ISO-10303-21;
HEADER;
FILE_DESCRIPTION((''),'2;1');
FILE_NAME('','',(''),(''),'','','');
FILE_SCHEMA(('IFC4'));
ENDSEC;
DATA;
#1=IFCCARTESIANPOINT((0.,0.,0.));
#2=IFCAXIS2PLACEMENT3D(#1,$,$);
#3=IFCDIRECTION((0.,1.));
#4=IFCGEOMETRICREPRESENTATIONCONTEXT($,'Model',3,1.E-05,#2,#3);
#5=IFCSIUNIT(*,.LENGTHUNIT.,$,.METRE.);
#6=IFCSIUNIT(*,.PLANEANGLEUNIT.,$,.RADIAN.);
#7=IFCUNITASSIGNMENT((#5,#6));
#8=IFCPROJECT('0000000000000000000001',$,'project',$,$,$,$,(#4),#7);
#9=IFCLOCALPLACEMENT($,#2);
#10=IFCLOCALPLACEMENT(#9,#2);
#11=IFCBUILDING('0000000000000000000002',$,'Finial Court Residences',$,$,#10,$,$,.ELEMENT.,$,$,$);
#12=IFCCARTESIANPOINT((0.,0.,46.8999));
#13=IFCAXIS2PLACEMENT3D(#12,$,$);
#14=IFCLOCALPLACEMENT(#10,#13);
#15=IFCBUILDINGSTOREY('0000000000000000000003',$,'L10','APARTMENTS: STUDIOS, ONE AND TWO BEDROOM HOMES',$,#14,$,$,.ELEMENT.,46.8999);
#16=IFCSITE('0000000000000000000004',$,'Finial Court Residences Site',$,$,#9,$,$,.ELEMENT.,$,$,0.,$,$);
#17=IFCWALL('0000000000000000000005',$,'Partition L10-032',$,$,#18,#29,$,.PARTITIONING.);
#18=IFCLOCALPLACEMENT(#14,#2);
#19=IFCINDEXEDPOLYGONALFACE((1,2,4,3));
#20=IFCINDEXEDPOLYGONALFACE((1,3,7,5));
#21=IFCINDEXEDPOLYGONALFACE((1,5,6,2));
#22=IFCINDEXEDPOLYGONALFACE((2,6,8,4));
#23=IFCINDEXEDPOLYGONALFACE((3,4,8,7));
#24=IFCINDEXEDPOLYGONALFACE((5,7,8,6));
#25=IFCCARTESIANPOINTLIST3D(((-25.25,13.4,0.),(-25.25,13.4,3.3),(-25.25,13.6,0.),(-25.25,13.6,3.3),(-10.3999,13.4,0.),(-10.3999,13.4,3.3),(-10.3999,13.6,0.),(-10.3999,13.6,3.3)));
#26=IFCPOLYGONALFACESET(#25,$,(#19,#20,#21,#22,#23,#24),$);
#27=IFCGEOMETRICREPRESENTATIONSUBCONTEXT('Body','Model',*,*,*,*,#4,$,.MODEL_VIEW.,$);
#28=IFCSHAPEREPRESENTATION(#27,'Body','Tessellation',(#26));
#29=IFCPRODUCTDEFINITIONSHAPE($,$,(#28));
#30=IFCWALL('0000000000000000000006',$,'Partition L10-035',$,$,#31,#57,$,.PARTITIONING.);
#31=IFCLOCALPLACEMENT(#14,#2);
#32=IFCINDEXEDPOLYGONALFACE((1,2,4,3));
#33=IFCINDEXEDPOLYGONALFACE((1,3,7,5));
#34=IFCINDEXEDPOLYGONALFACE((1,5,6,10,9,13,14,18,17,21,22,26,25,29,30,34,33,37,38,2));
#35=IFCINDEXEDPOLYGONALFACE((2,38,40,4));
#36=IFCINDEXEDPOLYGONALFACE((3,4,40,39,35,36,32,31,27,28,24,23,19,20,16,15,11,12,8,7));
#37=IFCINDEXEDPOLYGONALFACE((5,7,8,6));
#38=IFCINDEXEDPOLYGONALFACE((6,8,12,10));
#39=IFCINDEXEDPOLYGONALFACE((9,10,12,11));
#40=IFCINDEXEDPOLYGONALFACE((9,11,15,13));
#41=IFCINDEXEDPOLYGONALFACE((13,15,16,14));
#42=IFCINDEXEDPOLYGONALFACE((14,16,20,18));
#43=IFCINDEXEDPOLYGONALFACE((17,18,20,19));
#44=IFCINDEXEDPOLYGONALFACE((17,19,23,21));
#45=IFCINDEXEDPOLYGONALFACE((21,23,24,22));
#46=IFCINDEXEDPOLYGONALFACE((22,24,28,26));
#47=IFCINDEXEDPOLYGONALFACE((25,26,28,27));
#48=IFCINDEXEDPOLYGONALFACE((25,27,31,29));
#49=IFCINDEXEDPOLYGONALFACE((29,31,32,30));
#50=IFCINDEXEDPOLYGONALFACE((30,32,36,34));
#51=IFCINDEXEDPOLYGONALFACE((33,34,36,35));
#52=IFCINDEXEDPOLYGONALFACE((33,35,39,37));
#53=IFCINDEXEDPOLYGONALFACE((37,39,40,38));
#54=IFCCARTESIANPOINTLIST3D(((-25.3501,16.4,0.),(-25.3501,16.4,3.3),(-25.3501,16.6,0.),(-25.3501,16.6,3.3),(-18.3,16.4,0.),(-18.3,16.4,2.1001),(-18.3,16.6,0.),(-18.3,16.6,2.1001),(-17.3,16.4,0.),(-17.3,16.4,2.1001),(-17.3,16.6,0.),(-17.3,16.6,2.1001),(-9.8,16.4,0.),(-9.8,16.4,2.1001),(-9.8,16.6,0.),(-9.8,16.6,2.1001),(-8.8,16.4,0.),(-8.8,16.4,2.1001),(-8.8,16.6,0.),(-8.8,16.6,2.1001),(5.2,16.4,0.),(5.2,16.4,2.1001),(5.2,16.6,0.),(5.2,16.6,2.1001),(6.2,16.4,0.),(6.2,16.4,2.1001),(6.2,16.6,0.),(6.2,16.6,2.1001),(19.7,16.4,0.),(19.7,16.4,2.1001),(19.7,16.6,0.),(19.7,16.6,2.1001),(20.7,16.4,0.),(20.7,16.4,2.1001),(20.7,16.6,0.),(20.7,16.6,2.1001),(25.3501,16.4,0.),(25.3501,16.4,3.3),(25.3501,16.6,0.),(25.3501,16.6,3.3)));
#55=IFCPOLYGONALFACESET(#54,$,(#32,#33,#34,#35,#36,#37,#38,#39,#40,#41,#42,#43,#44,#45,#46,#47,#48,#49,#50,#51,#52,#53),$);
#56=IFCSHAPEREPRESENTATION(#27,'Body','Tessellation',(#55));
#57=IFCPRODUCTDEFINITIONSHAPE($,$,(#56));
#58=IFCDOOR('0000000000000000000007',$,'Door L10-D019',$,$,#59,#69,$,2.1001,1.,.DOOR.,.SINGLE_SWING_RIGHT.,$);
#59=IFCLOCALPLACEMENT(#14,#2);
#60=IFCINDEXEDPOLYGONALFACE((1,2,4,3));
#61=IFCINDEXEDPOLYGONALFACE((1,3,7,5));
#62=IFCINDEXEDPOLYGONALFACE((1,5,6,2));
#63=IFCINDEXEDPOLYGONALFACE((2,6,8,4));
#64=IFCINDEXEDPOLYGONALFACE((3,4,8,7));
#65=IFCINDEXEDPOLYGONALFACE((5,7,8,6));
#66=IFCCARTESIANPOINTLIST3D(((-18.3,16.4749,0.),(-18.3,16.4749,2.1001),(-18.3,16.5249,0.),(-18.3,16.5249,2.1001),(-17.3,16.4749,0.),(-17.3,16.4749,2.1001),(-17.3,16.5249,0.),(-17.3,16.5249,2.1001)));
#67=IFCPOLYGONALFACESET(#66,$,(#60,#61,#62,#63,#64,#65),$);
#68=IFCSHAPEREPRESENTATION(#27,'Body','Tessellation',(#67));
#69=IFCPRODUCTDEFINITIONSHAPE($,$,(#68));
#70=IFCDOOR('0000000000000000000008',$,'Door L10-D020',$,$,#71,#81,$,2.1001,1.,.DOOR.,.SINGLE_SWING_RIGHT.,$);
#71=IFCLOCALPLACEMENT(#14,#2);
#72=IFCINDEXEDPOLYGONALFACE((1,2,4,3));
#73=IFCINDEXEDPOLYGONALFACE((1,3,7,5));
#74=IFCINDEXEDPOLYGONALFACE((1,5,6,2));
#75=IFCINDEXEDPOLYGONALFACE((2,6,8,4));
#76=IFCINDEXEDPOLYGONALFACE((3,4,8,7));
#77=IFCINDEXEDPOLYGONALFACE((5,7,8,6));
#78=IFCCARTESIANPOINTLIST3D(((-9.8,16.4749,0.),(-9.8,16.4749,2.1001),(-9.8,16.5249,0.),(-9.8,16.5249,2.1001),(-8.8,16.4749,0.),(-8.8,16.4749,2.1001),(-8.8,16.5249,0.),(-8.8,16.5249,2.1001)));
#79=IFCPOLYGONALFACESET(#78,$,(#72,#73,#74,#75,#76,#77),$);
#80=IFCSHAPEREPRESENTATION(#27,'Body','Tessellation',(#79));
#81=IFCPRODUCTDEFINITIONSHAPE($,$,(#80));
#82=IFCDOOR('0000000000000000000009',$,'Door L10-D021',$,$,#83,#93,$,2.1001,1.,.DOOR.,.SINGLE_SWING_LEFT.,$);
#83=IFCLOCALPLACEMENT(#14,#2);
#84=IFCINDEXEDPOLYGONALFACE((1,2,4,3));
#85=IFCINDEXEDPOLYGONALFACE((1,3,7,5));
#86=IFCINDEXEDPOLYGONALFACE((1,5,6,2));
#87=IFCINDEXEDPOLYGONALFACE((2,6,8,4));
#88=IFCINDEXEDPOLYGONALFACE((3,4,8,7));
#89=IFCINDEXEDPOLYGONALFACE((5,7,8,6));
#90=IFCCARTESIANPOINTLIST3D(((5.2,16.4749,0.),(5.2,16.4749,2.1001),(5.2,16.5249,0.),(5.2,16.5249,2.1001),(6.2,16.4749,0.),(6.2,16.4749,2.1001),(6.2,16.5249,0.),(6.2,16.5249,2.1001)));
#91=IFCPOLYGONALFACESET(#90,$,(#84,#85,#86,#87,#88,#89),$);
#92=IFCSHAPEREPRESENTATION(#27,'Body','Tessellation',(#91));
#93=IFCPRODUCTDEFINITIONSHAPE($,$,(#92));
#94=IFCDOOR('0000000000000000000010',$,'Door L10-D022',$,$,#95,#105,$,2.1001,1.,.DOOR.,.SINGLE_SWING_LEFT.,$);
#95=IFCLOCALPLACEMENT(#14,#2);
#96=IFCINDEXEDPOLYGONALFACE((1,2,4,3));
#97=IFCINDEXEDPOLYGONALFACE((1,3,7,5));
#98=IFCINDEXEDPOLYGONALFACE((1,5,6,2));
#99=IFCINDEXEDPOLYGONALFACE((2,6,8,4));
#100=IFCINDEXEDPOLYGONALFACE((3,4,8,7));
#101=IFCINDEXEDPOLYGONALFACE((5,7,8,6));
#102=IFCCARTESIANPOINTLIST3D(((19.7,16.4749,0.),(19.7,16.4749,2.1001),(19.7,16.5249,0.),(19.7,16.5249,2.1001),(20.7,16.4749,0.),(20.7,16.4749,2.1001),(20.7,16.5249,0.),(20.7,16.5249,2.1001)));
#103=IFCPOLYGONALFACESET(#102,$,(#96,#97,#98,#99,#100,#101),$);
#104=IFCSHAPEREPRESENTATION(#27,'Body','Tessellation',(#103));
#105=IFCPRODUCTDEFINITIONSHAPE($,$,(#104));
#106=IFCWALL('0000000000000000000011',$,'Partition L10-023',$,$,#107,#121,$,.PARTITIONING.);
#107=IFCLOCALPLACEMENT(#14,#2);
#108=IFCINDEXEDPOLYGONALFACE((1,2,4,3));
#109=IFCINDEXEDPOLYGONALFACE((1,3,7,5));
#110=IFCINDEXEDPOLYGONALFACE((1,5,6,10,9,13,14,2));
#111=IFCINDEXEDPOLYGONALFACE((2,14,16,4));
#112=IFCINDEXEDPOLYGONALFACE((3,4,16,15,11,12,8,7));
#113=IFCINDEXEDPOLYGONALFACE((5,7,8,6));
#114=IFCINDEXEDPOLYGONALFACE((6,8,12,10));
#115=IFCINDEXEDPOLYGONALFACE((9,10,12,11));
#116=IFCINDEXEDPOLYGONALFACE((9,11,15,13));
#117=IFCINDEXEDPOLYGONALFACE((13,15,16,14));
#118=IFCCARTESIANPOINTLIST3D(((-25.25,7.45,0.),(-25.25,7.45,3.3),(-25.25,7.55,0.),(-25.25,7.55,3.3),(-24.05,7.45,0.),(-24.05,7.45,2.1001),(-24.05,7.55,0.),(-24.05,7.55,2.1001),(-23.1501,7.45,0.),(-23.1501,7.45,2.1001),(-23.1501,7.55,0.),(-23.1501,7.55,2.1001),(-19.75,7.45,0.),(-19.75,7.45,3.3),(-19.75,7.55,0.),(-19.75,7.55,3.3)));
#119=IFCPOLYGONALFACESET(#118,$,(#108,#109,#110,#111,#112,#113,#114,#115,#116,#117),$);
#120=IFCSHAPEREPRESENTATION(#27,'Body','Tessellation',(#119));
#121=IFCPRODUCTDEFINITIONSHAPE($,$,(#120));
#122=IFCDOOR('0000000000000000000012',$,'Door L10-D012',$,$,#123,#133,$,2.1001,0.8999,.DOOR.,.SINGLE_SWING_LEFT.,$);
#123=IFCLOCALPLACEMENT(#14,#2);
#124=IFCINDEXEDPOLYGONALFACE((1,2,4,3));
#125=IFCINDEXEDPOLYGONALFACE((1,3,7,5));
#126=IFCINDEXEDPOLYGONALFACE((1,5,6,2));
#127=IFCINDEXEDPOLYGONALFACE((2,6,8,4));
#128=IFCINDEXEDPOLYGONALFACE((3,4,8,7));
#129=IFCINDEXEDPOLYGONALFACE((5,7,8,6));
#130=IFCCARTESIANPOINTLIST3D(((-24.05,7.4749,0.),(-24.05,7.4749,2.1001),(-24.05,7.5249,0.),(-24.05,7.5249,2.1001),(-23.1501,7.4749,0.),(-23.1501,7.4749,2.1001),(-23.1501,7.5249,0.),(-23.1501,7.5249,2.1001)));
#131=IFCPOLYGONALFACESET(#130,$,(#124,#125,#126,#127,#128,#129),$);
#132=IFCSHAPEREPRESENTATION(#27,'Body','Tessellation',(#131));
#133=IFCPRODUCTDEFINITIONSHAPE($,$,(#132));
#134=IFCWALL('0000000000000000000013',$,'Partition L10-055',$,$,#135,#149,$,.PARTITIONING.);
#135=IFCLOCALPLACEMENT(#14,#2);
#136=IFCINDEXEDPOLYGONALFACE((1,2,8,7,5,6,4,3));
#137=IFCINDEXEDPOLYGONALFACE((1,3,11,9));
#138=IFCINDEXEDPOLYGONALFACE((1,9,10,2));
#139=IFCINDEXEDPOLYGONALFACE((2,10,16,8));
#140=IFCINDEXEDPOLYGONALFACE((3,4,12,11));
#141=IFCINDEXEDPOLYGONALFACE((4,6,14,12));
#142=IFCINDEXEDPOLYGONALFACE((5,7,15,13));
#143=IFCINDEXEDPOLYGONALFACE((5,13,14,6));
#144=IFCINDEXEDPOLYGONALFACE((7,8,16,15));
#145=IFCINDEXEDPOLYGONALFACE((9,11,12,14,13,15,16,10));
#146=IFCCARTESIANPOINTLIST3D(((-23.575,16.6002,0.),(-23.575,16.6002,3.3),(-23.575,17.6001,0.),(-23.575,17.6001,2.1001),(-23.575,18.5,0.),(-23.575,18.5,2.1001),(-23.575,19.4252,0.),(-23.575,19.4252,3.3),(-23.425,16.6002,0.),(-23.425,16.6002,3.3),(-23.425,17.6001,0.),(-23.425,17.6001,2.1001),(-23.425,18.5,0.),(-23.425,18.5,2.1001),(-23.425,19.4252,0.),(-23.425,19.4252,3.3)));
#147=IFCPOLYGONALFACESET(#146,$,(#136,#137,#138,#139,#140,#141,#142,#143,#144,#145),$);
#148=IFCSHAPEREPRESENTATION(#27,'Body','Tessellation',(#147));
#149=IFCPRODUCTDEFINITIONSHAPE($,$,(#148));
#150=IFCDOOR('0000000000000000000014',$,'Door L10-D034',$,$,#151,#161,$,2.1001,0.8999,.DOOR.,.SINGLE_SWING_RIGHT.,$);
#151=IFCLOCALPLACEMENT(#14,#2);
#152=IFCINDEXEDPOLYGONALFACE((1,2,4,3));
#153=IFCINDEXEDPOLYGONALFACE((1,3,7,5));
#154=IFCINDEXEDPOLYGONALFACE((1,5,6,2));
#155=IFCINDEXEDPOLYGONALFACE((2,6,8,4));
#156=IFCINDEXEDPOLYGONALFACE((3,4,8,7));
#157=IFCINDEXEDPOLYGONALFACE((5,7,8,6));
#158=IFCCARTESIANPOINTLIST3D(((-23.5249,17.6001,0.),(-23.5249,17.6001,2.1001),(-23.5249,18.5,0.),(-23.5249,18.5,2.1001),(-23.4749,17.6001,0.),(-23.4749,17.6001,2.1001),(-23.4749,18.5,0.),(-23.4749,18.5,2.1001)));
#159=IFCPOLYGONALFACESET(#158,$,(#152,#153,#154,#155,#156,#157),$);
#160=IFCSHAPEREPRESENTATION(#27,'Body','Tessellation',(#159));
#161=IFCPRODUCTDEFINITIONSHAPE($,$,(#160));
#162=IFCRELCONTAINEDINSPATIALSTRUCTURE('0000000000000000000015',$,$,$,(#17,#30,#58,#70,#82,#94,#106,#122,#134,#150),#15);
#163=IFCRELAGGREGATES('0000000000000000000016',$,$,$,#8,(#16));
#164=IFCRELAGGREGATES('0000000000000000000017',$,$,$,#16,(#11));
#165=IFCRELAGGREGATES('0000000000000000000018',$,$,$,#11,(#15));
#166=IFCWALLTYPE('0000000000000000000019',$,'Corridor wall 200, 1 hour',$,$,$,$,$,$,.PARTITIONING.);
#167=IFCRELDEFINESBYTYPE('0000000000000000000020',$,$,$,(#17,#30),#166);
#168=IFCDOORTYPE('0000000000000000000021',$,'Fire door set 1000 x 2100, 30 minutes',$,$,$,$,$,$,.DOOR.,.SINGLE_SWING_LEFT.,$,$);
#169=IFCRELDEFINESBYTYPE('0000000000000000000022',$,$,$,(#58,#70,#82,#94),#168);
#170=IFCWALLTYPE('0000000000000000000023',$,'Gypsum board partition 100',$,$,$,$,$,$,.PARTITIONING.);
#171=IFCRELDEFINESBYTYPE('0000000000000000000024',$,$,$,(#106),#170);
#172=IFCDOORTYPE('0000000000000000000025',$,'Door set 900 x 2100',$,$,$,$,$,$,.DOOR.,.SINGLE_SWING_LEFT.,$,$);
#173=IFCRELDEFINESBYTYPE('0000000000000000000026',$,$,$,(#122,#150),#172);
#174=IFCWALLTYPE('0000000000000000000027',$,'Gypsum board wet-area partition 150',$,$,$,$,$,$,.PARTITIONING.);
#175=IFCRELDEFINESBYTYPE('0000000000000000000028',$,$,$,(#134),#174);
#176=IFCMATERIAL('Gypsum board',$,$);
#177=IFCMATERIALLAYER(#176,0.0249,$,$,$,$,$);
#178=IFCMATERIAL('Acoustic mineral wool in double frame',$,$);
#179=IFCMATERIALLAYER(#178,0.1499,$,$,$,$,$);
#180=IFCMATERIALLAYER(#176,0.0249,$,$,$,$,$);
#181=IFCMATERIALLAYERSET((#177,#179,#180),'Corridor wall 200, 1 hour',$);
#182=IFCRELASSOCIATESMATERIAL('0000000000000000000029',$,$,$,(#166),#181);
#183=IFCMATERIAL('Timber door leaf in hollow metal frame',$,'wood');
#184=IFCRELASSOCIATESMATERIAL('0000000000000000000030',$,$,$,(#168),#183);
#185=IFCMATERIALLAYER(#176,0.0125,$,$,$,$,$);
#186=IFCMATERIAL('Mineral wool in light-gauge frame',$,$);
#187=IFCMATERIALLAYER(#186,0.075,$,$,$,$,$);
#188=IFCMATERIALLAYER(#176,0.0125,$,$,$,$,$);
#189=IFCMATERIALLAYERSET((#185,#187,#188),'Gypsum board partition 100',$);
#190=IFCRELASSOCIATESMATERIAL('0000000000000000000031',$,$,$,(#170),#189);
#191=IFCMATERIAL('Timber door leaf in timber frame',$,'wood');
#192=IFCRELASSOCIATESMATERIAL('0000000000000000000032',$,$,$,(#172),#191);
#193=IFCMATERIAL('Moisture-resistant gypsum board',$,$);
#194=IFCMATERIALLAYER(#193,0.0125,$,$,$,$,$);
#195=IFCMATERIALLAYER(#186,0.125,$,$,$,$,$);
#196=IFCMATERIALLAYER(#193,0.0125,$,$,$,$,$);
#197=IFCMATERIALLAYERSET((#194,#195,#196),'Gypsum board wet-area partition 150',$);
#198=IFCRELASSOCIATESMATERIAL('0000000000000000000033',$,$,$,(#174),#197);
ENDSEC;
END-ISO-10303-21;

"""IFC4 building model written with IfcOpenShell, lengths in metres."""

from ifc_helpers import new_model, si_unit, direction, frame, frame_2d, origin, place, context, subcontext, project, spatial, rectangle, extrude, material, layer, layer_set, type_object, element, fill, save


model = new_model("IFC4")

# Units and contexts
model_context = context("Model", 3, precision=1e-05, world=origin(), true_north=direction((0.0, 1.0)))
body_context = subcontext(model_context, "Body", "Model", "MODEL_VIEW")
ifc_project = project(units=[si_unit("LENGTHUNIT", "METRE"), si_unit("PLANEANGLEUNIT", "RADIAN")], contexts=[model_context])

# Site, building, storey
site_placement = place(None, origin())
site = spatial("IfcSite", under=ifc_project, at=site_placement, Name="Finial Court Residences Site", CompositionType="ELEMENT", RefElevation=0.0)
building_placement = place(site_placement, origin())
building = spatial("IfcBuilding", under=site, at=building_placement, Name="Finial Court Residences", CompositionType="ELEMENT")
storey_placement = place(building_placement, frame((0.0, 0.0, 46.8999)))
storey = spatial("IfcBuildingStorey", under=building, at=storey_placement, Name="L10", Description="APARTMENTS: STUDIOS, ONE AND TWO BEDROOM HOMES", CompositionType="ELEMENT", Elevation=46.8999)

# Wall
ifc_material_1 = material(Name="Gypsum board")
ifc_layer_1 = layer(ifc_material_1, 0.0249)
ifc_material_2 = material(Name="Acoustic mineral wool in double frame")
ifc_layer_2 = layer(ifc_material_2, 0.1499)
ifc_layer_3 = layer(ifc_material_1, 0.0249)
ifc_layer_set_1 = layer_set([ifc_layer_1, ifc_layer_2, ifc_layer_3], Name="Corridor wall 200, 1 hour")
wall_type_1 = type_object("IfcWallType", Name="Corridor wall 200, 1 hour", PredefinedType="PARTITIONING", material=ifc_layer_set_1)
wall_1_placement = place(storey_placement, frame((-25.25, 13.5, 0.0), z_axis=(0.0, 0.0, 1.0), x_axis=(1.0, 0.0, 0.0)))
element("IfcWall", 1, at=wall_1_placement, inside=storey, type_object=wall_type_1, Name="Partition L10-032", PredefinedType="PARTITIONING", context=body_context, shape_type="SweptSolid", body=[
    extrude(rectangle(XDim=14.8501, YDim=0.2, at=frame_2d((7.425, 0.0))), origin(), (0.0, 0.0, 1.0), 3.3),
])

# Wall, openings, doors
wall_2_placement = place(storey_placement, frame((-25.3501, 16.5, 0.0), z_axis=(0.0, 0.0, 1.0), x_axis=(1.0, 0.0, 0.0)))
wall_2 = element("IfcWall", 2, at=wall_2_placement, inside=storey, type_object=wall_type_1, Name="Partition L10-035", PredefinedType="PARTITIONING", context=body_context, shape_type="SweptSolid", body=[
    extrude(rectangle(XDim=50.7002, YDim=0.2, at=frame_2d((25.3501, 0.0))), origin(), (0.0, 0.0, 1.0), 3.3),
])
opening_1_placement = place(wall_2_placement, frame((7.05, 0.0, 0.0)))
opening_1 = element("IfcOpeningElement", 3, at=opening_1_placement, cuts=wall_2, PredefinedType="OPENING", context=body_context, shape_type="SweptSolid", body=[
    extrude(rectangle(XDim=1.0, YDim=2.1001, at=frame_2d((0.5, 1.05))), frame((0.0, 0.1099, 0.0), z_axis=(0.0, -1.0, 0.0), x_axis=(1.0, 0.0, 0.0)), (0.0, 0.0, 1.0), 0.22),
])
opening_2_placement = place(wall_2_placement, frame((15.55, 0.0, 0.0)))
opening_2 = element("IfcOpeningElement", 4, at=opening_2_placement, cuts=wall_2, PredefinedType="OPENING", context=body_context, shape_type="SweptSolid", body=[
    extrude(rectangle(XDim=1.0, YDim=2.1001, at=frame_2d((0.5, 1.05))), frame((0.0, 0.1099, 0.0), z_axis=(0.0, -1.0, 0.0), x_axis=(1.0, 0.0, 0.0)), (0.0, 0.0, 1.0), 0.22),
])
opening_3_placement = place(wall_2_placement, frame((30.55, 0.0, 0.0)))
opening_3 = element("IfcOpeningElement", 5, at=opening_3_placement, cuts=wall_2, PredefinedType="OPENING", context=body_context, shape_type="SweptSolid", body=[
    extrude(rectangle(XDim=1.0, YDim=2.1001, at=frame_2d((0.5, 1.05))), frame((0.0, 0.1099, 0.0), z_axis=(0.0, -1.0, 0.0), x_axis=(1.0, 0.0, 0.0)), (0.0, 0.0, 1.0), 0.22),
])
opening_4_placement = place(wall_2_placement, frame((45.05, 0.0, 0.0)))
opening_4 = element("IfcOpeningElement", 6, at=opening_4_placement, cuts=wall_2, PredefinedType="OPENING", context=body_context, shape_type="SweptSolid", body=[
    extrude(rectangle(XDim=1.0, YDim=2.1001, at=frame_2d((0.5, 1.05))), frame((0.0, 0.1099, 0.0), z_axis=(0.0, -1.0, 0.0), x_axis=(1.0, 0.0, 0.0)), (0.0, 0.0, 1.0), 0.22),
])
ifc_material_3 = material(Name="Timber door leaf in hollow metal frame", Category="wood")
door_type_1 = type_object("IfcDoorType", Name="Fire door set 1000 x 2100, 30 minutes", OperationType="SINGLE_SWING_LEFT", PredefinedType="DOOR", material=ifc_material_3)
door_1_placement = place(opening_1_placement, origin())
door_1 = element("IfcDoor", 7, at=door_1_placement, inside=storey, type_object=door_type_1, Name="Door L10-D019", OperationType="SINGLE_SWING_RIGHT", OverallHeight=2.1001, OverallWidth=1.0, PredefinedType="DOOR", context=body_context, shape_type="SweptSolid", body=[
    extrude(rectangle(XDim=1.0, YDim=2.1001, at=frame_2d((0.5, 1.05))), frame((0.0, 0.0249, 0.0), z_axis=(0.0, -1.0, 0.0), x_axis=(1.0, 0.0, 0.0)), (0.0, 0.0, 1.0), 0.05),
])
fill(opening_1, door_1)
door_2_placement = place(opening_2_placement, origin())
door_2 = element("IfcDoor", 8, at=door_2_placement, inside=storey, type_object=door_type_1, Name="Door L10-D020", OperationType="SINGLE_SWING_RIGHT", OverallHeight=2.1001, OverallWidth=1.0, PredefinedType="DOOR", context=body_context, shape_type="SweptSolid", body=[
    extrude(rectangle(XDim=1.0, YDim=2.1001, at=frame_2d((0.5, 1.05))), frame((0.0, 0.0249, 0.0), z_axis=(0.0, -1.0, 0.0), x_axis=(1.0, 0.0, 0.0)), (0.0, 0.0, 1.0), 0.05),
])
fill(opening_2, door_2)
door_3_placement = place(opening_3_placement, origin())
door_3 = element("IfcDoor", 9, at=door_3_placement, inside=storey, type_object=door_type_1, Name="Door L10-D021", OperationType="SINGLE_SWING_LEFT", OverallHeight=2.1001, OverallWidth=1.0, PredefinedType="DOOR", context=body_context, shape_type="SweptSolid", body=[
    extrude(rectangle(XDim=1.0, YDim=2.1001, at=frame_2d((0.5, 1.05))), frame((0.0, 0.0249, 0.0), z_axis=(0.0, -1.0, 0.0), x_axis=(1.0, 0.0, 0.0)), (0.0, 0.0, 1.0), 0.05),
])
fill(opening_3, door_3)
door_4_placement = place(opening_4_placement, origin())
door_4 = element("IfcDoor", 10, at=door_4_placement, inside=storey, type_object=door_type_1, Name="Door L10-D022", OperationType="SINGLE_SWING_LEFT", OverallHeight=2.1001, OverallWidth=1.0, PredefinedType="DOOR", context=body_context, shape_type="SweptSolid", body=[
    extrude(rectangle(XDim=1.0, YDim=2.1001, at=frame_2d((0.5, 1.05))), frame((0.0, 0.0249, 0.0), z_axis=(0.0, -1.0, 0.0), x_axis=(1.0, 0.0, 0.0)), (0.0, 0.0, 1.0), 0.05),
])
fill(opening_4, door_4)

# Walls, openings, doors
ifc_layer_4 = layer(ifc_material_1, 0.0125)
ifc_material_4 = material(Name="Mineral wool in light-gauge frame")
ifc_layer_5 = layer(ifc_material_4, 0.075)
ifc_layer_6 = layer(ifc_material_1, 0.0125)
ifc_layer_set_2 = layer_set([ifc_layer_4, ifc_layer_5, ifc_layer_6], Name="Gypsum board partition 100")
wall_type_2 = type_object("IfcWallType", Name="Gypsum board partition 100", PredefinedType="PARTITIONING", material=ifc_layer_set_2)
wall_3_placement = place(storey_placement, frame((-25.25, 7.5, 0.0), z_axis=(0.0, 0.0, 1.0), x_axis=(1.0, 0.0, 0.0)))
wall_3 = element("IfcWall", 11, at=wall_3_placement, inside=storey, type_object=wall_type_2, Name="Partition L10-023", PredefinedType="PARTITIONING", context=body_context, shape_type="SweptSolid", body=[
    extrude(rectangle(XDim=5.5, YDim=0.1001, at=frame_2d((2.75, 0.0))), origin(), (0.0, 0.0, 1.0), 3.3),
])
opening_5_placement = place(wall_3_placement, frame((1.2, 0.0, 0.0)))
opening_5 = element("IfcOpeningElement", 12, at=opening_5_placement, cuts=wall_3, PredefinedType="OPENING", context=body_context, shape_type="SweptSolid", body=[
    extrude(rectangle(XDim=0.8999, YDim=2.1001, at=frame_2d((0.45, 1.05))), frame((0.0, 0.0601, 0.0), z_axis=(0.0, -1.0, 0.0), x_axis=(1.0, 0.0, 0.0)), (0.0, 0.0, 1.0), 0.1201),
])
ifc_material_5 = material(Name="Timber door leaf in timber frame", Category="wood")
door_type_2 = type_object("IfcDoorType", Name="Door set 900 x 2100", OperationType="SINGLE_SWING_LEFT", PredefinedType="DOOR", material=ifc_material_5)
door_5_placement = place(opening_5_placement, origin())
door_5 = element("IfcDoor", 13, at=door_5_placement, inside=storey, type_object=door_type_2, Name="Door L10-D012", OperationType="SINGLE_SWING_LEFT", OverallHeight=2.1001, OverallWidth=0.8999, PredefinedType="DOOR", context=body_context, shape_type="SweptSolid", body=[
    extrude(rectangle(XDim=0.8999, YDim=2.1001, at=frame_2d((0.45, 1.05))), frame((0.0, 0.0249, 0.0), z_axis=(0.0, -1.0, 0.0), x_axis=(1.0, 0.0, 0.0)), (0.0, 0.0, 1.0), 0.05),
])
fill(opening_5, door_5)
ifc_material_6 = material(Name="Moisture-resistant gypsum board")
ifc_layer_7 = layer(ifc_material_6, 0.0125)
ifc_layer_8 = layer(ifc_material_4, 0.125)
ifc_layer_9 = layer(ifc_material_6, 0.0125)
ifc_layer_set_3 = layer_set([ifc_layer_7, ifc_layer_8, ifc_layer_9], Name="Gypsum board wet-area partition 150")
wall_type_3 = type_object("IfcWallType", Name="Gypsum board wet-area partition 150", PredefinedType="PARTITIONING", material=ifc_layer_set_3)
wall_4_placement = place(storey_placement, frame((-23.5, 16.6001, 0.0), z_axis=(0.0, 0.0, 1.0), x_axis=(0.0, 1.0, 0.0)))
wall_4 = element("IfcWall", 14, at=wall_4_placement, inside=storey, type_object=wall_type_3, Name="Partition L10-055", PredefinedType="PARTITIONING", context=body_context, shape_type="SweptSolid", body=[
    extrude(rectangle(XDim=2.825, YDim=0.1499, at=frame_2d((1.4126, 0.0))), origin(), (0.0, 0.0, 1.0), 3.3),
])
opening_6_placement = place(wall_4_placement, frame((1.0, 0.0, 0.0)))
opening_6 = element("IfcOpeningElement", 15, at=opening_6_placement, cuts=wall_4, PredefinedType="OPENING", context=body_context, shape_type="SweptSolid", body=[
    extrude(rectangle(XDim=0.8999, YDim=2.1001, at=frame_2d((0.45, 1.05))), frame((0.0, 0.085, 0.0), z_axis=(0.0, -1.0, 0.0), x_axis=(1.0, 0.0, 0.0)), (0.0, 0.0, 1.0), 0.1699),
])
door_6_placement = place(opening_6_placement, origin())
door_6 = element("IfcDoor", 16, at=door_6_placement, inside=storey, type_object=door_type_2, Name="Door L10-D034", OperationType="SINGLE_SWING_RIGHT", OverallHeight=2.1001, OverallWidth=0.8999, PredefinedType="DOOR", context=body_context, shape_type="SweptSolid", body=[
    extrude(rectangle(XDim=0.8999, YDim=2.1001, at=frame_2d((0.45, 1.05))), frame((0.0, 0.0249, 0.0), z_axis=(0.0, -1.0, 0.0), x_axis=(1.0, 0.0, 0.0)), (0.0, 0.0, 1.0), 0.05),
])
fill(opening_6, door_6)

save(model, "model.ifc")
